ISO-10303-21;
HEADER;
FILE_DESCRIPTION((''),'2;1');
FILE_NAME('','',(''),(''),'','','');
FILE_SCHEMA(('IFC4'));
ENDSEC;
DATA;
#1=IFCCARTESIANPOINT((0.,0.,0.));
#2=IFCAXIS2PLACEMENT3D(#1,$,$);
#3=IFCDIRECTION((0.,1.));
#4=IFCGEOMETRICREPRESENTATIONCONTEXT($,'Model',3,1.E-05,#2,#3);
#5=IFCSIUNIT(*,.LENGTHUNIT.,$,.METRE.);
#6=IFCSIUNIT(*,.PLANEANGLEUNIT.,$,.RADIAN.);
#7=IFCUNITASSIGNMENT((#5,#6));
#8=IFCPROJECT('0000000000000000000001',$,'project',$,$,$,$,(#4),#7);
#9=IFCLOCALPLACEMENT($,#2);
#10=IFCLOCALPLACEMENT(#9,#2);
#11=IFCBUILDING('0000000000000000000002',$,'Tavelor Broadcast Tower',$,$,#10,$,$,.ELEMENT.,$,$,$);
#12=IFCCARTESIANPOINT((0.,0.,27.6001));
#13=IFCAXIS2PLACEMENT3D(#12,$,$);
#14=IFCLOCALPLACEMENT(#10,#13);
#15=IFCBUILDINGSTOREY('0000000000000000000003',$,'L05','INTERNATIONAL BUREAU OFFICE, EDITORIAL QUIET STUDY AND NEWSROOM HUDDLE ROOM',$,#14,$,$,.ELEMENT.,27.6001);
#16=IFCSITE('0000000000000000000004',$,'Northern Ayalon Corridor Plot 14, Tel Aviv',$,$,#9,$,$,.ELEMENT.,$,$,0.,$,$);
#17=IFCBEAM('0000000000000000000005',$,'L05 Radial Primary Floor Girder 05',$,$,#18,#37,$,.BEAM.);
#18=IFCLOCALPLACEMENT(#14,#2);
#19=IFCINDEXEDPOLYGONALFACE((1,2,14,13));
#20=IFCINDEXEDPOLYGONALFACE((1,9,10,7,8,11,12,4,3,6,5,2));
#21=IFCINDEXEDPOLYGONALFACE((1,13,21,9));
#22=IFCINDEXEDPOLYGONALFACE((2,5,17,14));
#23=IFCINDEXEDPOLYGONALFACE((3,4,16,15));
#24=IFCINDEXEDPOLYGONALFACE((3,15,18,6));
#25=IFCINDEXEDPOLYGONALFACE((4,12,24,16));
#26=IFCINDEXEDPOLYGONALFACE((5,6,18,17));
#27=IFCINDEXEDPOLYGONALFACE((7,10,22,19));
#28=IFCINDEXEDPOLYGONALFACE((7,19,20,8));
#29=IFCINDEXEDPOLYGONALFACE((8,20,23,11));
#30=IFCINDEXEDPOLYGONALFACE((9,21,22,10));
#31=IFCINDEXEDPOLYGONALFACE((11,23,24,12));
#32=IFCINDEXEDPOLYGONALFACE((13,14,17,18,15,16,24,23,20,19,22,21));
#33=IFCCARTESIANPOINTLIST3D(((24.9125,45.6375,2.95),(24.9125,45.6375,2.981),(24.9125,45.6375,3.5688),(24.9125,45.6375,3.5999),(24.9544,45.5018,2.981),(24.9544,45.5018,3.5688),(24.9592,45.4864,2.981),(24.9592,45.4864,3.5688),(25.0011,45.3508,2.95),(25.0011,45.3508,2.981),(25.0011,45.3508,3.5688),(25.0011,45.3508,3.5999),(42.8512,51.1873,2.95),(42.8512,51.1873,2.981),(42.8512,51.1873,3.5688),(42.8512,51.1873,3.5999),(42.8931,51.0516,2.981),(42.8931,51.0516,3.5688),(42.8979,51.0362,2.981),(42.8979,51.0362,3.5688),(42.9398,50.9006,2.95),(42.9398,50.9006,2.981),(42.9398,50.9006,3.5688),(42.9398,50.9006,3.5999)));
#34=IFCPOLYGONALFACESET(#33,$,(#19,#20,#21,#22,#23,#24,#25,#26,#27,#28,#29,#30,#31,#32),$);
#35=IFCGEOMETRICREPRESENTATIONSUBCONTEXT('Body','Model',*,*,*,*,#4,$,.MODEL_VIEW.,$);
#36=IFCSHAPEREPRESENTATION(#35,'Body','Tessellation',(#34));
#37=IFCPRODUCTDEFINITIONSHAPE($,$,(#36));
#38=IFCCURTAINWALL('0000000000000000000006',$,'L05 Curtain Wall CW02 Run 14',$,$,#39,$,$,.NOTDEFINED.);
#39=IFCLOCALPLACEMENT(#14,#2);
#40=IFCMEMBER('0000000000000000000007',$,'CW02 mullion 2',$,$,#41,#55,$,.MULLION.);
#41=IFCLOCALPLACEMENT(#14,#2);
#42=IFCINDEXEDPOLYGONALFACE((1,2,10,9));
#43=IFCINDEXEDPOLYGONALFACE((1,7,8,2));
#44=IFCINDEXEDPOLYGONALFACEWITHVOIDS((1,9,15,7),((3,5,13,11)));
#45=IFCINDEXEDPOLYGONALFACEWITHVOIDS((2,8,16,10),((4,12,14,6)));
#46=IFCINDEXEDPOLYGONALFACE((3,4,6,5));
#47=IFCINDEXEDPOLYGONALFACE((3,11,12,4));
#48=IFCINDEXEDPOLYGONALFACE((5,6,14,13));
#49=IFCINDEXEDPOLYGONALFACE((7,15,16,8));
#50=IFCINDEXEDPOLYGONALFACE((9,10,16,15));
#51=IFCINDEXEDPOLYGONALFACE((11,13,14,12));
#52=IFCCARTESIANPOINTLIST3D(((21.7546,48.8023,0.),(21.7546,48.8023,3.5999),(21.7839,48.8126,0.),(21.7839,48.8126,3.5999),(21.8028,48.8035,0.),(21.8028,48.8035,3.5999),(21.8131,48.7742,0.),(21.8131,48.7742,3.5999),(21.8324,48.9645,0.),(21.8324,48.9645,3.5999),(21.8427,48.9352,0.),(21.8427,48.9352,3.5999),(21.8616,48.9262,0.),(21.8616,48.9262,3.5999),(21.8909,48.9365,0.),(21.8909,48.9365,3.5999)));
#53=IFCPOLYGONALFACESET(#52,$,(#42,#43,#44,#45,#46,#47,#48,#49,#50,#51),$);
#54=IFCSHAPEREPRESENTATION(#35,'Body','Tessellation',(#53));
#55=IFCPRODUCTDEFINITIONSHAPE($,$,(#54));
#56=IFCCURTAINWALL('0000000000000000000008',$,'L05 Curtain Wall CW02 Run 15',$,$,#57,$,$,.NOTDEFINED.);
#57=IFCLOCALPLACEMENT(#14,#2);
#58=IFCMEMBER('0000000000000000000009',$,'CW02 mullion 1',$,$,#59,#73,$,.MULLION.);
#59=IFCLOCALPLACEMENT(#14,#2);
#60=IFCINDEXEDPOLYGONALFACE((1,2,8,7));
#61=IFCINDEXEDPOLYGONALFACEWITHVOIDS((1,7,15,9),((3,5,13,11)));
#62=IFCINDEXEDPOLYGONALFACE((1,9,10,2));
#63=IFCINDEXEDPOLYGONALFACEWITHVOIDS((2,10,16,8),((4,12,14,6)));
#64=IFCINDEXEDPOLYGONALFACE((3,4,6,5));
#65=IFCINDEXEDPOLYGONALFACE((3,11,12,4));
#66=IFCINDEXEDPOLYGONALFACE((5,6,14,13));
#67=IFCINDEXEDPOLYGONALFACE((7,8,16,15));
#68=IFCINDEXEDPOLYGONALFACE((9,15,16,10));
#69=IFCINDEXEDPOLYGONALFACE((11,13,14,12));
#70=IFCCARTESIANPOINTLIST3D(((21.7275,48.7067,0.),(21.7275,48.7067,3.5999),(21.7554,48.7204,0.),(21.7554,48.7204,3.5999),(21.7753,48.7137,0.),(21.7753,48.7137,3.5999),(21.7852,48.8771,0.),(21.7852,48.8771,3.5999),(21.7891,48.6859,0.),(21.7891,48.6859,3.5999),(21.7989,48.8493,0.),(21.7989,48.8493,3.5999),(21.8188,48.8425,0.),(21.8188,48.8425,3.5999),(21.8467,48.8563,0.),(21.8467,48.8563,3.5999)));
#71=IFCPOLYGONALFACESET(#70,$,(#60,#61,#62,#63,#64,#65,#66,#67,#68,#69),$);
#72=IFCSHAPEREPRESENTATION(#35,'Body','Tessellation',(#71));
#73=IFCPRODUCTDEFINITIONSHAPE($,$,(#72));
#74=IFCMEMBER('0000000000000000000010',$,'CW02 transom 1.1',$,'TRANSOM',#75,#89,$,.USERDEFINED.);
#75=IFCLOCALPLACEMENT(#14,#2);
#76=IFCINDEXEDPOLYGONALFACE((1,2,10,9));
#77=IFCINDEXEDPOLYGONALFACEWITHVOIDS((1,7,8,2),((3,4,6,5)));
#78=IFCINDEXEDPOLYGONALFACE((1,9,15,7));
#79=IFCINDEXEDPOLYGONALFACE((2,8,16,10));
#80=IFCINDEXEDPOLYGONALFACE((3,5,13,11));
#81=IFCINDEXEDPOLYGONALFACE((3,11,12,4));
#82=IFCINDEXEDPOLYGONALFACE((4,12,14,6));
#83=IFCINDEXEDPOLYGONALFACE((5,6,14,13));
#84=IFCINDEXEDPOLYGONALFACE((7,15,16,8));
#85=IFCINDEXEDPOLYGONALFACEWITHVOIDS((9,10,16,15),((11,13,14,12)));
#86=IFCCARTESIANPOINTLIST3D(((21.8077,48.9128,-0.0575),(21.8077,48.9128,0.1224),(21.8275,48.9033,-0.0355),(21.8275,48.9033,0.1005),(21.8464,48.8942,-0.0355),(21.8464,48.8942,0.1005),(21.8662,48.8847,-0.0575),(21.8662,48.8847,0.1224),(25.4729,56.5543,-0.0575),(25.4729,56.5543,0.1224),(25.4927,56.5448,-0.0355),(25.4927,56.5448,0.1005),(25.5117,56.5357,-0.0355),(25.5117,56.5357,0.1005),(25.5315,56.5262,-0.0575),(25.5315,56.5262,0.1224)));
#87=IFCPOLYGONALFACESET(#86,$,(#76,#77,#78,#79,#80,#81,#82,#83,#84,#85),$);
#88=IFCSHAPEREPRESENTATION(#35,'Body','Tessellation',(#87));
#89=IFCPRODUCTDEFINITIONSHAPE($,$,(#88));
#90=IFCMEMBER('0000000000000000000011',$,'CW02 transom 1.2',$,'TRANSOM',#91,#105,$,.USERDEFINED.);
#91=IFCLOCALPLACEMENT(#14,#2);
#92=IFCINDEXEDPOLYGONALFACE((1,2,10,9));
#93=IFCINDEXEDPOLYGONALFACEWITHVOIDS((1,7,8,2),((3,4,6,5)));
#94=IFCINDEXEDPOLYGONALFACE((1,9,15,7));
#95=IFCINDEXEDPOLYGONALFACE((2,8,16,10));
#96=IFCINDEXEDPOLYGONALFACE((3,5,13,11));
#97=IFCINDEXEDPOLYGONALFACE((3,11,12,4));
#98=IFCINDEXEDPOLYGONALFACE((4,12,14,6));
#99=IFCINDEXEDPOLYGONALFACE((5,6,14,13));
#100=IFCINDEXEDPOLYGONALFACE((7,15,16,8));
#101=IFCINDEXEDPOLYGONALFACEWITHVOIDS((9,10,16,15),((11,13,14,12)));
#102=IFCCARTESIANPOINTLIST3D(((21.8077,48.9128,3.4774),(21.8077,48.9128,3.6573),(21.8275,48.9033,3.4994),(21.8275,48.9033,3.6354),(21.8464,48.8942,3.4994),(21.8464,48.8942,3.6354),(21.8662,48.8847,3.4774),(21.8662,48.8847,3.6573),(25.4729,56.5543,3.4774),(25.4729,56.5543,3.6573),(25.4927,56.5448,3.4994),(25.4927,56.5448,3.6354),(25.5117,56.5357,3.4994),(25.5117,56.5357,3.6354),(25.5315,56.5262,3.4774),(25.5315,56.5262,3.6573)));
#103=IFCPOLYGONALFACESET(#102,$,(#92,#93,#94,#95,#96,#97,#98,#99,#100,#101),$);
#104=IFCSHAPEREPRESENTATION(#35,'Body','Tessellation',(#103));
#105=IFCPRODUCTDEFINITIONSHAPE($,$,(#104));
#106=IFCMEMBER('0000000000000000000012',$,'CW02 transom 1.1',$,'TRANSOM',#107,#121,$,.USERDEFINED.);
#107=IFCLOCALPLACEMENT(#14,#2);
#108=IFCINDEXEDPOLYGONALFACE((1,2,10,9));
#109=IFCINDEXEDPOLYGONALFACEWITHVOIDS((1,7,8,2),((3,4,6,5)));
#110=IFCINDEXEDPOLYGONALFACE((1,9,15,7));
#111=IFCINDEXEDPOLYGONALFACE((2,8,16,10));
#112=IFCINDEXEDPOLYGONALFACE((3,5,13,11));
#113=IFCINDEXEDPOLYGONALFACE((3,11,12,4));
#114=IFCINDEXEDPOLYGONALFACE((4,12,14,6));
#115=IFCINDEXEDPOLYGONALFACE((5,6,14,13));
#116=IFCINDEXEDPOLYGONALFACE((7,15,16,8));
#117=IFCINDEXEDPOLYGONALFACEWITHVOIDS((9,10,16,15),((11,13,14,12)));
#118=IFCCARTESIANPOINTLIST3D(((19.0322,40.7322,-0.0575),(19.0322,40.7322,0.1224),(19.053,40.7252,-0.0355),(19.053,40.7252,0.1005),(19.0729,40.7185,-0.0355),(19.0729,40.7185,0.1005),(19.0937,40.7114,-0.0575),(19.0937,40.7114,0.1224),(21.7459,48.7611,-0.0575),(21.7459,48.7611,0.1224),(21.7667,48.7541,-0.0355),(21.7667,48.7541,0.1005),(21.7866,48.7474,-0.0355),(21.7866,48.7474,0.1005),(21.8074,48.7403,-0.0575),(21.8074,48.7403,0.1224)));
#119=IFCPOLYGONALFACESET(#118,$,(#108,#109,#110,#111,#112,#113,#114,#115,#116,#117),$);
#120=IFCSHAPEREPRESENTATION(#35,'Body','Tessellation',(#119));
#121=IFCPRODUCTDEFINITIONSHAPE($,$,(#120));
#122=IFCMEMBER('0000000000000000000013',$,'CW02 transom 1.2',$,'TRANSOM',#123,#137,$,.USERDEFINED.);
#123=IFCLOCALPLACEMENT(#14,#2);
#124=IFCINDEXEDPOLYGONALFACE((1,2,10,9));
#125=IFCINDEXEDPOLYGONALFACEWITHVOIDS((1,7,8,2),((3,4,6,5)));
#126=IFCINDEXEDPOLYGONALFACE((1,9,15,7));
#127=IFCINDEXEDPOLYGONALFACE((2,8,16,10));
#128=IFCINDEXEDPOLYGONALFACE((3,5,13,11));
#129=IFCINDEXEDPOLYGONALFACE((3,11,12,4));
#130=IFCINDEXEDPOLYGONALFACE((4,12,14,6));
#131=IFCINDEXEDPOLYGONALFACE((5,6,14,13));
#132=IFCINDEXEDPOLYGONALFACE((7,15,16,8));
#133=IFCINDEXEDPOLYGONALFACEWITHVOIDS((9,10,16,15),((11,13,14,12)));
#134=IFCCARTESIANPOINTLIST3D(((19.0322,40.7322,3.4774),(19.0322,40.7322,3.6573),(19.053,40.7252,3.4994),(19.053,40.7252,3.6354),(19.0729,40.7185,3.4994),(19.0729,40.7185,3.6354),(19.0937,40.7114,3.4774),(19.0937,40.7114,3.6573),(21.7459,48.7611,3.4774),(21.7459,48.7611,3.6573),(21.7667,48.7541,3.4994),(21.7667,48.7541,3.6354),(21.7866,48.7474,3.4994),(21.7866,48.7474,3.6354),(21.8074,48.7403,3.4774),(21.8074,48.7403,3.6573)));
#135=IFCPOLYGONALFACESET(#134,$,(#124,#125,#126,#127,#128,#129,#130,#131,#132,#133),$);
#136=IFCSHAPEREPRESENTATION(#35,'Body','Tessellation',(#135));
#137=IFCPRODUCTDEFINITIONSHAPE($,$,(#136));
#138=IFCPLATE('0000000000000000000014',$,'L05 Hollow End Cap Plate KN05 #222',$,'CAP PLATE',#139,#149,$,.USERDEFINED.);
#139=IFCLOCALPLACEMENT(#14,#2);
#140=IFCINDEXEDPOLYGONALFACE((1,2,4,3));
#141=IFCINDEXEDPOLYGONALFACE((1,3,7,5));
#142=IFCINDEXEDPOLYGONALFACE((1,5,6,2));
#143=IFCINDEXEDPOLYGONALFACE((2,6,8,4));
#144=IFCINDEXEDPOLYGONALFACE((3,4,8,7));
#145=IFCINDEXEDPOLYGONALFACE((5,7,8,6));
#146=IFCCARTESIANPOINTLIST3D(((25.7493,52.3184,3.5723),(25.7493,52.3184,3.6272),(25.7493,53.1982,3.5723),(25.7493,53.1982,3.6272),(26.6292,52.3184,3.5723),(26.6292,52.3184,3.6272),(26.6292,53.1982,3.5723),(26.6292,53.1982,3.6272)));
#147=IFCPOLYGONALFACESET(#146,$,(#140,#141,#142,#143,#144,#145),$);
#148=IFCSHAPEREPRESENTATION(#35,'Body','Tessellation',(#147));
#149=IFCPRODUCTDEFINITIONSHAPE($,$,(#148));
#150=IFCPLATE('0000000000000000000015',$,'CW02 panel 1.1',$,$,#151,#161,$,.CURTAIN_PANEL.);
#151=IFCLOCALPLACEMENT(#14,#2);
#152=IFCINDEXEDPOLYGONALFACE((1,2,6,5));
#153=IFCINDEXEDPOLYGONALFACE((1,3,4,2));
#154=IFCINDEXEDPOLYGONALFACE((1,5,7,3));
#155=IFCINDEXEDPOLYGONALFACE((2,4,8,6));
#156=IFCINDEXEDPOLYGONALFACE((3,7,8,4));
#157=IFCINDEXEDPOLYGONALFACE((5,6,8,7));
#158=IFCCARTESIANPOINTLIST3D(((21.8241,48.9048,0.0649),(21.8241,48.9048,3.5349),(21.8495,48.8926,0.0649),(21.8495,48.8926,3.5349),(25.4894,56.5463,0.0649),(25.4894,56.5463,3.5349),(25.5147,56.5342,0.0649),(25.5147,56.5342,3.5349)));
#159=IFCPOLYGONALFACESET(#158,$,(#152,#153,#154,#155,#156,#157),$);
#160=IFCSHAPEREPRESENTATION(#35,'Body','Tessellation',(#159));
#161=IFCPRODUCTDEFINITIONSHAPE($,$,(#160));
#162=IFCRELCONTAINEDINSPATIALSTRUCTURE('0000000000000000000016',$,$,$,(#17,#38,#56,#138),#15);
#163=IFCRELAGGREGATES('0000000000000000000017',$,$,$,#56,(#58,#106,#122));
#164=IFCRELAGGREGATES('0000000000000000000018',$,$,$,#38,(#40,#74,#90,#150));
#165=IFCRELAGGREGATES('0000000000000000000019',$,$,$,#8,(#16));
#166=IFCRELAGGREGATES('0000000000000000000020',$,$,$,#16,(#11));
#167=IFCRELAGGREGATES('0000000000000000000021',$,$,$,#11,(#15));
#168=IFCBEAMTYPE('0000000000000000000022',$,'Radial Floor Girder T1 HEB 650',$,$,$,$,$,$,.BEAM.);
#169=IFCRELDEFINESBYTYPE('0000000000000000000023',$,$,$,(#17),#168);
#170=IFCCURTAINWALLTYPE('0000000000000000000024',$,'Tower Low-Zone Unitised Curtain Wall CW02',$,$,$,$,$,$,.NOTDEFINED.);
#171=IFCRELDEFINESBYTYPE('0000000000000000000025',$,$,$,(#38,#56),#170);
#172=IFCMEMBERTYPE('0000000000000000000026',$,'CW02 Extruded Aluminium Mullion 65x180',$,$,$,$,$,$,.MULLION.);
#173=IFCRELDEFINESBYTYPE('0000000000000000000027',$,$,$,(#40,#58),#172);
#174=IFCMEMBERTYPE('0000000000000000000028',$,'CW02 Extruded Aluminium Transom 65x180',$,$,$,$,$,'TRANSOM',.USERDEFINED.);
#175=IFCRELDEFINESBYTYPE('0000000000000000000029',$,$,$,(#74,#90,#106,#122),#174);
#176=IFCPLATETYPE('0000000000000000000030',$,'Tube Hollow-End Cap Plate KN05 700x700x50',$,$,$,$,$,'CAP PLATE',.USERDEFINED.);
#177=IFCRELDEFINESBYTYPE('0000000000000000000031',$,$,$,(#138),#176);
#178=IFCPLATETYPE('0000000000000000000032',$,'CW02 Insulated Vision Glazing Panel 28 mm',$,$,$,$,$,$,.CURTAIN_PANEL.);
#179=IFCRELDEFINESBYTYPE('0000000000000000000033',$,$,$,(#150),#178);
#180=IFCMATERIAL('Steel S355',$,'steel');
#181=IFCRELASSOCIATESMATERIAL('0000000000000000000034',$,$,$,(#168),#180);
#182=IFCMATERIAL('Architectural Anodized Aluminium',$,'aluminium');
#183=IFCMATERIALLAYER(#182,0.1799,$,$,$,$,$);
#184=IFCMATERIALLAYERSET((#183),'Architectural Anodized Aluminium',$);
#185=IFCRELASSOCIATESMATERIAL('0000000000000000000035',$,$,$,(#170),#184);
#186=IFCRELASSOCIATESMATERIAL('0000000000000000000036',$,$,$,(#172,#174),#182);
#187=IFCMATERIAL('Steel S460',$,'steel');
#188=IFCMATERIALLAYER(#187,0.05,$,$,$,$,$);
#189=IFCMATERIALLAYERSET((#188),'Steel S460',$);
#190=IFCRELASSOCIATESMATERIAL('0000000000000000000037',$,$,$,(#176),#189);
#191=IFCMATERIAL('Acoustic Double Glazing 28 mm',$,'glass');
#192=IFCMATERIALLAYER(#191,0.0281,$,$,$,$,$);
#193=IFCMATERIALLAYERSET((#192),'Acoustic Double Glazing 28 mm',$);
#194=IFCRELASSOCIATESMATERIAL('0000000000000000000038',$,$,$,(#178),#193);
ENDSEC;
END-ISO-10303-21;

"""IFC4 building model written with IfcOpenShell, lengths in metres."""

from ifc_helpers import new_model, si_unit, direction, frame, origin, origin_2d, place, context, subcontext, project, spatial, rectangle, hollow_rectangle, i_section, extrude, source, transform, mapped, material, layer, layer_set, material_profile, profile_set, type_object, type_shapes, element, aggregate, save


model = new_model("IFC4")

# Units and contexts
model_context = context("Model", 3, precision=1e-05, world=origin(), true_north=direction((0.0, 1.0)))
body_context = subcontext(model_context, "Body", "Model", "MODEL_VIEW")
ifc_project = project(units=[si_unit("LENGTHUNIT", "METRE"), si_unit("PLANEANGLEUNIT", "RADIAN")], contexts=[model_context])

# Site, building, storey
site_placement = place(None, origin())
site = spatial("IfcSite", under=ifc_project, at=site_placement, Name="Northern Ayalon Corridor Plot 14, Tel Aviv", CompositionType="ELEMENT", RefElevation=0.0)
building_placement = place(site_placement, origin())
building = spatial("IfcBuilding", under=site, at=building_placement, Name="Tavelor Broadcast Tower", CompositionType="ELEMENT")
storey_placement = place(building_placement, frame((0.0, 0.0, 27.6001)))
storey = spatial("IfcBuildingStorey", under=building, at=storey_placement, Name="L05", Description="INTERNATIONAL BUREAU OFFICE, EDITORIAL QUIET STUDY AND NEWSROOM HUDDLE ROOM", CompositionType="ELEMENT", Elevation=27.6001)

# Shared definitions
ifc_material_1 = material(Name="Steel S460", Category="steel")

# Beam
ifc_material_2 = material(Name="Steel S355", Category="steel")
ifc_material_profile_1 = material_profile(ifc_material_2, i_section(OverallWidth=0.3, OverallDepth=0.6499, WebThickness=0.0161, FlangeThickness=0.031, at=origin_2d()), Name="HEB 650")
ifc_profile_set_1 = profile_set([ifc_material_profile_1], Name="Steel S355")
beam_type_1 = type_object("IfcBeamType", Name="Radial Floor Girder T1 HEB 650", PredefinedType="BEAM", material=ifc_profile_set_1)
beam_1_placement = place(storey_placement, frame((42.8955, 51.0439, 3.2749), z_axis=(-0.955326, -0.295555, 0.0), x_axis=(0.295555, -0.955326, 0.0)))
element("IfcBeam", 1, at=beam_1_placement, inside=storey, type_object=beam_type_1, Name="L05 Radial Primary Floor Girder 05", PredefinedType="BEAM", context=body_context, shape_type="SweptSolid", body=[
    extrude(i_section(OverallWidth=0.3, OverallDepth=0.6499, WebThickness=0.0161, FlangeThickness=0.031, at=origin_2d()), origin(), (0.0, 0.0, 1.0), 18.7776),
])

# Curtain walls, members
ifc_material_3 = material(Name="Architectural Anodized Aluminium", Category="aluminium")
ifc_layer_1 = layer(ifc_material_3, 0.1799)
ifc_layer_set_1 = layer_set([ifc_layer_1], Name="Architectural Anodized Aluminium")
curtain_wall_type = type_object("IfcCurtainWallType", Name="Tower Low-Zone Unitised Curtain Wall CW02", PredefinedType="NOTDEFINED", material=ifc_layer_set_1)
curtain_wall_1_placement = place(storey_placement, origin())
curtain_wall_1 = element("IfcCurtainWall", 2, at=curtain_wall_1_placement, inside=storey, type_object=curtain_wall_type, Name="L05 Curtain Wall CW02 Run 14", PredefinedType="NOTDEFINED")
ifc_material_profile_2 = material_profile(ifc_material_3, hollow_rectangle(XDim=0.0649, YDim=0.1799, WallThickness=0.022, at=origin_2d()), Name="RHS 65x180x22")
ifc_profile_set_2 = profile_set([ifc_material_profile_2], Name="Architectural Anodized Aluminium")
member_type_1 = type_object("IfcMemberType", Name="CW02 Extruded Aluminium Mullion 65x180", PredefinedType="MULLION", material=ifc_profile_set_2)
shared_shape_1 = source(origin(), body_context, "Body", "SweptSolid", [
    extrude(hollow_rectangle(XDim=0.0649, YDim=0.1799, WallThickness=0.022, at=origin_2d()), origin(), (0.0, 0.0, 1.0), 3.5999),
])
type_shapes(member_type_1, [shared_shape_1])
member_1_placement = place(storey_placement, frame((21.8228, 48.8694, 0.0), z_axis=(0.0, 0.0, 1.0), x_axis=(0.901647, -0.432474, 0.0)))
member_1 = element("IfcMember", 3, at=member_1_placement, type_object=member_type_1, Name="CW02 mullion 2", PredefinedType="MULLION", context=body_context, shape_type="MappedRepresentation", body=[
    mapped(shared_shape_1, transform((0.0, 0.0, 0.0), scale=1.0)),
])
curtain_wall_2_placement = place(storey_placement, origin())
curtain_wall_2 = element("IfcCurtainWall", 4, at=curtain_wall_2_placement, inside=storey, type_object=curtain_wall_type, Name="L05 Curtain Wall CW02 Run 15", PredefinedType="NOTDEFINED")
member_2_placement = place(storey_placement, frame((21.7871, 48.7815, 0.0), z_axis=(0.0, 0.0, 1.0), x_axis=(0.947356, -0.320182, 0.0)))
member_2 = element("IfcMember", 5, at=member_2_placement, type_object=member_type_1, Name="CW02 mullion 1", PredefinedType="MULLION", context=body_context, shape_type="MappedRepresentation", body=[
    mapped(shared_shape_1, transform((0.0, 0.0, 0.0), scale=1.0)),
])

# Members
ifc_material_profile_3 = material_profile(ifc_material_3, hollow_rectangle(XDim=0.0649, YDim=0.1799, WallThickness=0.022, at=origin_2d()), Name="RHS 65x180x22")
ifc_profile_set_3 = profile_set([ifc_material_profile_3], Name="Architectural Anodized Aluminium")
member_type_2 = type_object("IfcMemberType", Name="CW02 Extruded Aluminium Transom 65x180", ElementType="TRANSOM", PredefinedType="USERDEFINED", material=ifc_profile_set_3)
shared_shape_2 = source(origin(), body_context, "Body", "SweptSolid", [
    extrude(hollow_rectangle(XDim=0.0649, YDim=0.1799, WallThickness=0.022, at=origin_2d()), origin(), (0.0, 0.0, 1.0), 8.4751),
])
type_shapes(member_type_2, [shared_shape_2])
member_3_placement = place(storey_placement, frame((25.5022, 56.5403, 0.0325), z_axis=(-0.432474, -0.901647, 0.0), x_axis=(0.901647, -0.432474, 0.0)))
member_3 = element("IfcMember", 6, at=member_3_placement, type_object=member_type_2, Name="CW02 transom 1.1", ObjectType="TRANSOM", PredefinedType="USERDEFINED", context=body_context, shape_type="MappedRepresentation", body=[
    mapped(shared_shape_2, transform((0.0, 0.0, 0.0), scale=1.0)),
])
member_4_placement = place(storey_placement, frame((25.5022, 56.5403, 3.5674), z_axis=(-0.432474, -0.901647, 0.0), x_axis=(0.901647, -0.432474, 0.0)))
member_4 = element("IfcMember", 7, at=member_4_placement, type_object=member_type_2, Name="CW02 transom 1.2", ObjectType="TRANSOM", PredefinedType="USERDEFINED", context=body_context, shape_type="MappedRepresentation", body=[
    mapped(shared_shape_2, transform((0.0, 0.0, 0.0), scale=1.0)),
])
member_5_placement = place(storey_placement, frame((21.7766, 48.7507, 0.0325), z_axis=(-0.320192, -0.947353, 0.0), x_axis=(0.947353, -0.320192, 0.0)))
member_5 = element("IfcMember", 8, at=member_5_placement, type_object=member_type_2, Name="CW02 transom 1.1", ObjectType="TRANSOM", PredefinedType="USERDEFINED", context=body_context, shape_type="MappedRepresentation", body=[
    mapped(shared_shape_2, transform((0.0, 0.0, 0.0), scale=1.0)),
])
member_6_placement = place(storey_placement, frame((21.7766, 48.7507, 3.5674), z_axis=(-0.320192, -0.947353, 0.0), x_axis=(0.947353, -0.320192, 0.0)))
member_6 = element("IfcMember", 9, at=member_6_placement, type_object=member_type_2, Name="CW02 transom 1.2", ObjectType="TRANSOM", PredefinedType="USERDEFINED", context=body_context, shape_type="MappedRepresentation", body=[
    mapped(shared_shape_2, transform((0.0, 0.0, 0.0), scale=1.0)),
])
aggregate(curtain_wall_2, [member_2, member_5, member_6])

# Plates
ifc_layer_2 = layer(ifc_material_1, 0.05)
ifc_layer_set_2 = layer_set([ifc_layer_2], Name="Steel S460")
plate_type_1 = type_object("IfcPlateType", Name="Tube Hollow-End Cap Plate KN05 700x700x50", ElementType="CAP PLATE", PredefinedType="USERDEFINED", material=ifc_layer_set_2)
shared_shape_3 = source(origin(), body_context, "Body", "SweptSolid", [
    extrude(rectangle(XDim=0.8799, YDim=0.8799, at=origin_2d()), origin(), (0.0, 0.0, 1.0), 0.0549),
])
type_shapes(plate_type_1, [shared_shape_3])
plate_1_placement = place(storey_placement, frame((26.1892, 52.7583, 3.5723), z_axis=(0.0, 0.0, 1.0), x_axis=(1.0, 0.0, 0.0)))
element("IfcPlate", 10, at=plate_1_placement, inside=storey, type_object=plate_type_1, Name="L05 Hollow End Cap Plate KN05 #222", ObjectType="CAP PLATE", PredefinedType="USERDEFINED", context=body_context, shape_type="MappedRepresentation", body=[
    mapped(shared_shape_3, transform((0.0, 0.0, 0.0), scale=1.0)),
])
ifc_material_4 = material(Name="Acoustic Double Glazing 28 mm", Category="glass")
ifc_layer_3 = layer(ifc_material_4, 0.0281)
ifc_layer_set_3 = layer_set([ifc_layer_3], Name="Acoustic Double Glazing 28 mm")
plate_type_2 = type_object("IfcPlateType", Name="CW02 Insulated Vision Glazing Panel 28 mm", PredefinedType="CURTAIN_PANEL", material=ifc_layer_set_3)
shared_shape_4 = source(origin(), body_context, "Body", "SweptSolid", [
    extrude(rectangle(XDim=8.4751, YDim=0.0281, at=origin_2d()), origin(), (0.0, 0.0, 1.0), 3.47),
])
type_shapes(plate_type_2, [shared_shape_4])
plate_2_placement = place(storey_placement, frame((23.6694, 52.7195, 0.0649), z_axis=(0.0, 0.0, 1.0), x_axis=(-0.432474, -0.901647, 0.0)))
plate_2 = element("IfcPlate", 11, at=plate_2_placement, type_object=plate_type_2, Name="CW02 panel 1.1", PredefinedType="CURTAIN_PANEL", context=body_context, shape_type="MappedRepresentation", body=[
    mapped(shared_shape_4, transform((0.0, 0.0, 0.0), scale=1.0)),
])
aggregate(curtain_wall_1, [member_1, member_3, member_4, plate_2])

save(model, "model.ifc")
